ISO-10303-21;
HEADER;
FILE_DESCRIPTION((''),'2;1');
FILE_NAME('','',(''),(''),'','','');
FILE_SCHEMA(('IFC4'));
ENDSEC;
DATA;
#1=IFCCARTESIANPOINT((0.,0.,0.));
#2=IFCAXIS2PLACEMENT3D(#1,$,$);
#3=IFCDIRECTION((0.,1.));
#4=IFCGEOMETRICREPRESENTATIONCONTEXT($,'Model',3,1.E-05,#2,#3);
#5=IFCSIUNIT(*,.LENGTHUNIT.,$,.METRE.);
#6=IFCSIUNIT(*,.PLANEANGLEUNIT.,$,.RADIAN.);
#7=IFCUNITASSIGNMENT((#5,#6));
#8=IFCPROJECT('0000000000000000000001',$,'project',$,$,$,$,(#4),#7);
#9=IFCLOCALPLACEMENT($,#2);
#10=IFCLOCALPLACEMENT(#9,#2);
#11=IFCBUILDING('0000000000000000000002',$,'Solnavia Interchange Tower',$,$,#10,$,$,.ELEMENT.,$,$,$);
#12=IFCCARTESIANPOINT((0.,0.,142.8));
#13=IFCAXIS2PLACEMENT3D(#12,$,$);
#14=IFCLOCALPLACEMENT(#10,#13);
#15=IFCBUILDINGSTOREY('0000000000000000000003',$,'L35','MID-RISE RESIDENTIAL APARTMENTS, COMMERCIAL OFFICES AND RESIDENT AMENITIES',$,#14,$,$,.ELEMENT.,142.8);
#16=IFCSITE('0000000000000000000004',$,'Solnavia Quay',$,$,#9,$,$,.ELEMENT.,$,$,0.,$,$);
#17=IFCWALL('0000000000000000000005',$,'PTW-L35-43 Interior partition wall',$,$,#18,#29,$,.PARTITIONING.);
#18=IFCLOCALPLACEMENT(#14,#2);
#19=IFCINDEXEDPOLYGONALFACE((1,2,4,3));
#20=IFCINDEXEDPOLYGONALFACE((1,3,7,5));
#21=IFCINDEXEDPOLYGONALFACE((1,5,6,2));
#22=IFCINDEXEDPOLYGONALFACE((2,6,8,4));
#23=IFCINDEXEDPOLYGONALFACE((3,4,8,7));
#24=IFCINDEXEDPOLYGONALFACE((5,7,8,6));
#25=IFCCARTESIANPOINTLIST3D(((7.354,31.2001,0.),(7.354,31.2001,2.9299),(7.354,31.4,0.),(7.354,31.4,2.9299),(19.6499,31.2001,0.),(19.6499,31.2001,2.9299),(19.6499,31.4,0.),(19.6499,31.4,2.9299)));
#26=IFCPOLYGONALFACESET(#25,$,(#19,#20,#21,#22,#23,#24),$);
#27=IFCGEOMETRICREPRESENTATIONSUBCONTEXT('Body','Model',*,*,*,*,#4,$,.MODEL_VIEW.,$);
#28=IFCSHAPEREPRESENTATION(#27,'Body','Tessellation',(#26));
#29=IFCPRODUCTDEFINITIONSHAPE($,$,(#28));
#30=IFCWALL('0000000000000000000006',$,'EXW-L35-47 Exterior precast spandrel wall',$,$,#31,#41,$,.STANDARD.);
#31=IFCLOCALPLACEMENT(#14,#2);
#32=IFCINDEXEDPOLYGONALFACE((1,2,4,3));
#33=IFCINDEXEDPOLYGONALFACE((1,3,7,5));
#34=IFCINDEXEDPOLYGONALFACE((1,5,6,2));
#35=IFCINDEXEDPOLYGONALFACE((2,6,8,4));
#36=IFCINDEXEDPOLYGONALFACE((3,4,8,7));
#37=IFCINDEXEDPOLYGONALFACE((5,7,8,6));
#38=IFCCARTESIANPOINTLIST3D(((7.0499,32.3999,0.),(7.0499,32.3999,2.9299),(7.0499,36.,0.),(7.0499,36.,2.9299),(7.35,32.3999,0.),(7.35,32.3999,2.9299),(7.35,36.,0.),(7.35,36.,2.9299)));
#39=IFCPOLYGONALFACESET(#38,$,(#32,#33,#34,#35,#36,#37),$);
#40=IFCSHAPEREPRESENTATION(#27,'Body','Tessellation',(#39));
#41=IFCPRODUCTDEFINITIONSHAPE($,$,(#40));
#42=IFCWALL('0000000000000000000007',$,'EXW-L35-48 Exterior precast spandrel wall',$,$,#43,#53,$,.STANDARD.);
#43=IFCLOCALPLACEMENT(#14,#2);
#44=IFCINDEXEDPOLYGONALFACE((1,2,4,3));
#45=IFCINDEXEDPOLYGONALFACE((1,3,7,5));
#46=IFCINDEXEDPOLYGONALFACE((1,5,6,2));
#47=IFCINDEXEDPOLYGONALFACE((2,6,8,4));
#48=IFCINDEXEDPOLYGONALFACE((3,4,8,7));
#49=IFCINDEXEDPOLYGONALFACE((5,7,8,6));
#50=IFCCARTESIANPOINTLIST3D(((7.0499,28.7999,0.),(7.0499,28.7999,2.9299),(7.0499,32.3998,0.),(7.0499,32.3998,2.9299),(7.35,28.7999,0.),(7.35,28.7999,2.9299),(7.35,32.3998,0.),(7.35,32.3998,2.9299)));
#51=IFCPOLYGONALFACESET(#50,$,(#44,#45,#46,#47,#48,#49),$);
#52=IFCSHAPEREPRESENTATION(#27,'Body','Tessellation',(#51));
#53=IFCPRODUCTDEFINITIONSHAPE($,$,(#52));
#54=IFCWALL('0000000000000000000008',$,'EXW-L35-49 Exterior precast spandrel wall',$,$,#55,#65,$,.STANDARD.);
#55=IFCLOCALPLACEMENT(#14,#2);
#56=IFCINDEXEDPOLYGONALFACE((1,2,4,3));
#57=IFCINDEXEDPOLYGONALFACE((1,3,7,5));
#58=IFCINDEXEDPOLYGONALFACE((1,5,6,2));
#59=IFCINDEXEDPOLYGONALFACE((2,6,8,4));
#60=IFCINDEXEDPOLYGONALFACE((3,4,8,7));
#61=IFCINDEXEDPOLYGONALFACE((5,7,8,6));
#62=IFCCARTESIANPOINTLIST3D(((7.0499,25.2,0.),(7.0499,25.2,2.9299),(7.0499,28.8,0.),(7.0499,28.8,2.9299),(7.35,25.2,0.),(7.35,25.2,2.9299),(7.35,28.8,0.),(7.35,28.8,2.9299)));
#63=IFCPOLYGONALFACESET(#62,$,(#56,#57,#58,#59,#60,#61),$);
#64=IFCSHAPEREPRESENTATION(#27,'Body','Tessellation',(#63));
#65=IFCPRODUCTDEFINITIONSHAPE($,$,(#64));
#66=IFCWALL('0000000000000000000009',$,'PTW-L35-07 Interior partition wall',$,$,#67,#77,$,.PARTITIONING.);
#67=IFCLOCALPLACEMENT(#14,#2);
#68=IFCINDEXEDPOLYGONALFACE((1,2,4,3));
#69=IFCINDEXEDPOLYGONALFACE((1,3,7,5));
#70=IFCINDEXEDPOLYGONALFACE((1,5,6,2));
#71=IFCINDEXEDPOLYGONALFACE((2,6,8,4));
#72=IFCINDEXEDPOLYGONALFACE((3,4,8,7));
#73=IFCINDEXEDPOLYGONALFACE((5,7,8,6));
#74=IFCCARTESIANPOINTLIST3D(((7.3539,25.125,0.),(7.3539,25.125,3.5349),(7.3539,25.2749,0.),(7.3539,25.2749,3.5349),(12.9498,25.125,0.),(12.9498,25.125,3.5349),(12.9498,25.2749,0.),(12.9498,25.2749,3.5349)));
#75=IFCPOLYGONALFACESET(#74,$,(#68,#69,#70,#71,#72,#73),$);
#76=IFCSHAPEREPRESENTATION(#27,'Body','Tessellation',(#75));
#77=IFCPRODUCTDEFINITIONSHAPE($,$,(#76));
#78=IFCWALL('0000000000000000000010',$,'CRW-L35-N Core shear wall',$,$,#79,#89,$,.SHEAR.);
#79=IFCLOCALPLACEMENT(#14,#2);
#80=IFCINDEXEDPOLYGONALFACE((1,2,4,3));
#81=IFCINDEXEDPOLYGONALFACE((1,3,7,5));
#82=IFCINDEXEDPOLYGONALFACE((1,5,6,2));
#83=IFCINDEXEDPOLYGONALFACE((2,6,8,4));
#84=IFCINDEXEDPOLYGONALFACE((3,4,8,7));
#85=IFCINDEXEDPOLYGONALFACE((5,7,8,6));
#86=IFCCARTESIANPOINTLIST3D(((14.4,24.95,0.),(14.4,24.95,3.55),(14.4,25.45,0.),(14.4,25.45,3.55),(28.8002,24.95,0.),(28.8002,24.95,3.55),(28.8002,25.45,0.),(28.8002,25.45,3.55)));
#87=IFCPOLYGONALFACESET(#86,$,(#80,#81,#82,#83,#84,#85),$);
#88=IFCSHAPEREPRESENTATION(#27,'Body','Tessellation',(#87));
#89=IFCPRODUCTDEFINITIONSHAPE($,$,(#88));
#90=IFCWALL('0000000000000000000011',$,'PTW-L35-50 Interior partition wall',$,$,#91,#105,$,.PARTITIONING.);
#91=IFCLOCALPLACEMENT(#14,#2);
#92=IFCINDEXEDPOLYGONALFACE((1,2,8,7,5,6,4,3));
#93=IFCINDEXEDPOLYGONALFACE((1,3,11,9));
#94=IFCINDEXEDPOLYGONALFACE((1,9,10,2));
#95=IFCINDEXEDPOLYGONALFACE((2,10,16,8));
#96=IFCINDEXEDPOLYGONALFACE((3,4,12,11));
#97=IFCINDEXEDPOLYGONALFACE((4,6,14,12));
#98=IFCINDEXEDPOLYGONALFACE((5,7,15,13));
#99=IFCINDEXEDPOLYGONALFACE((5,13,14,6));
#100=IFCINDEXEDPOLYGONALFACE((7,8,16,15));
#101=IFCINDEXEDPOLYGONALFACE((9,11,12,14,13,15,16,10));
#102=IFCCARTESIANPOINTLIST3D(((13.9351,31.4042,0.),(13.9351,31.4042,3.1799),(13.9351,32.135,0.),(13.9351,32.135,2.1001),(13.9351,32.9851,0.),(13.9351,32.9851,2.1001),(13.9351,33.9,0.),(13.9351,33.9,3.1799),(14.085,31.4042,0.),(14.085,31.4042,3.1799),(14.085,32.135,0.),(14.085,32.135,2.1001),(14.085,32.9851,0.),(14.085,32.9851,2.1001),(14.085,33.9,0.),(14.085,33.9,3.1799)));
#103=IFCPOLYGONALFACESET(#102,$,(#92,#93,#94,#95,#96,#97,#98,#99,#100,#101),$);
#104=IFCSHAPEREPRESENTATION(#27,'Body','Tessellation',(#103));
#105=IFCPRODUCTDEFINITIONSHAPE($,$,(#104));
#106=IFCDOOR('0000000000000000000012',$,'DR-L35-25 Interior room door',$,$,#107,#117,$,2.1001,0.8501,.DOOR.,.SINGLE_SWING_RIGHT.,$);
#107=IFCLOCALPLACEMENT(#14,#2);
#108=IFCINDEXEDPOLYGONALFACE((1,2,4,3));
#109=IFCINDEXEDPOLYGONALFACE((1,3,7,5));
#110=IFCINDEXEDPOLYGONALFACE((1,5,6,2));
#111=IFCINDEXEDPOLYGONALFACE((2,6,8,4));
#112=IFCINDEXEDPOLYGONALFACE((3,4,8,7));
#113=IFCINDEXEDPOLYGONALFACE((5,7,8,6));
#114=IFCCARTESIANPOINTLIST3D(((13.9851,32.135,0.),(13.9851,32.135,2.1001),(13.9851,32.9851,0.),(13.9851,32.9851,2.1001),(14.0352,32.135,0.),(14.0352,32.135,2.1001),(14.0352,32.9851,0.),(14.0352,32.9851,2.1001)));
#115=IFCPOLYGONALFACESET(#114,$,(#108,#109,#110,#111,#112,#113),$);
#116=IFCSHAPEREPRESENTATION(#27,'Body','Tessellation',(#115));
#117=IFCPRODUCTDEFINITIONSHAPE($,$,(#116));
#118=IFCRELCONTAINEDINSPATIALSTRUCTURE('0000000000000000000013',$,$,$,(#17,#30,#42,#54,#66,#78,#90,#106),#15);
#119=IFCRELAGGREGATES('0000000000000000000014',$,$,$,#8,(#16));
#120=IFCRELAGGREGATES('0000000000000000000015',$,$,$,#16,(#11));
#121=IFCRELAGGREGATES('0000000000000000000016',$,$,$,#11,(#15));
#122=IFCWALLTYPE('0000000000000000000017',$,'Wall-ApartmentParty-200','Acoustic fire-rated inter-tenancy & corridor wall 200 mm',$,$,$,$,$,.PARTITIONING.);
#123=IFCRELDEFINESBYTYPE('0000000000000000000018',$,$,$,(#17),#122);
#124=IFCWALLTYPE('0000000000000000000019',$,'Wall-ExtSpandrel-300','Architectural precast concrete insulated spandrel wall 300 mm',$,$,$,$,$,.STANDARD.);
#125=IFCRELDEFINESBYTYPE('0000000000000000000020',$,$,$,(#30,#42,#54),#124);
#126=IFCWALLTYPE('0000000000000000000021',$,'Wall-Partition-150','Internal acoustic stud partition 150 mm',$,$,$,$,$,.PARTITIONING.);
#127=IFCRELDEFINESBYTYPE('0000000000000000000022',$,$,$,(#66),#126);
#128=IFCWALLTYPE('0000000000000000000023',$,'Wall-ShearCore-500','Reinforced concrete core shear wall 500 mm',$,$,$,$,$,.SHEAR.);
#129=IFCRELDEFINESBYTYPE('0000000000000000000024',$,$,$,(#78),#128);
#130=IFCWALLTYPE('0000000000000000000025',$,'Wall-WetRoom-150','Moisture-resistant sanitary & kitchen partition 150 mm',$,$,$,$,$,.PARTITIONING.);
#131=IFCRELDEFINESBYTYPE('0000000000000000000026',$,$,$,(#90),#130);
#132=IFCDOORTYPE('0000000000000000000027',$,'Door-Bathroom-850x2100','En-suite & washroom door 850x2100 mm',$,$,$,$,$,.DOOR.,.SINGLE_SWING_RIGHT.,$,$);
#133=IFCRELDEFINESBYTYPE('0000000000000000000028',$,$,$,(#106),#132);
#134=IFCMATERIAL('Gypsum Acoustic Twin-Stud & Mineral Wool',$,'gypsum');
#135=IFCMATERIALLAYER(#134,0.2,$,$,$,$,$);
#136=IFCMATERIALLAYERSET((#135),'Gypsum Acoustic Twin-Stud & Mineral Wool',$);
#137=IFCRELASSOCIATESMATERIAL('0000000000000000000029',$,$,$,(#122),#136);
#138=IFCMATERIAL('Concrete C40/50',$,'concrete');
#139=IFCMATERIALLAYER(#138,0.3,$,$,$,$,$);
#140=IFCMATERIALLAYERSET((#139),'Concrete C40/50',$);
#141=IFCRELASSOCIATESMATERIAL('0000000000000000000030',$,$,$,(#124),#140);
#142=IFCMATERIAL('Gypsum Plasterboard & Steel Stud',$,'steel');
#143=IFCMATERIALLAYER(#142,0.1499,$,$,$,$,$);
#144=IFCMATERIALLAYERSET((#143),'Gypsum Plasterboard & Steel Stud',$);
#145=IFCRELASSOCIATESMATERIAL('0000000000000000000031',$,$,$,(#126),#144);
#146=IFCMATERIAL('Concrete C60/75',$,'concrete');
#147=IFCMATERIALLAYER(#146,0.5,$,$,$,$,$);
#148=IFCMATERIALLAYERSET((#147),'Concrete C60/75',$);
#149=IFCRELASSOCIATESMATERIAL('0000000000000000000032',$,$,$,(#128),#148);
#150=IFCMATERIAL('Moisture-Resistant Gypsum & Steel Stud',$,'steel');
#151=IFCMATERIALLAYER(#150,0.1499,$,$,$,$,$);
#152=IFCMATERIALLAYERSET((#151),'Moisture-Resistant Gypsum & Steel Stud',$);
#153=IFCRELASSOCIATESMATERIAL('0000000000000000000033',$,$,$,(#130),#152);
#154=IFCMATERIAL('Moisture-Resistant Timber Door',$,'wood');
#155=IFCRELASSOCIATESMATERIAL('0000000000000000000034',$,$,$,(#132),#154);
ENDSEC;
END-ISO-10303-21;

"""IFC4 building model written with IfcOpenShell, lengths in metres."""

from ifc_helpers import new_model, si_unit, direction, frame, frame_2d, origin, place, context, subcontext, project, spatial, rectangle, extrude, material, layer, layer_set, type_object, element, fill, save


model = new_model("IFC4")

# Units and contexts
model_context = context("Model", 3, precision=1e-05, world=origin(), true_north=direction((0.0, 1.0)))
body_context = subcontext(model_context, "Body", "Model", "MODEL_VIEW")
ifc_project = project(units=[si_unit("LENGTHUNIT", "METRE"), si_unit("PLANEANGLEUNIT", "RADIAN")], contexts=[model_context])

# Site, building, storey
site_placement = place(None, origin())
site = spatial("IfcSite", under=ifc_project, at=site_placement, Name="Solnavia Quay", CompositionType="ELEMENT", RefElevation=0.0)
building_placement = place(site_placement, origin())
building = spatial("IfcBuilding", under=site, at=building_placement, Name="Solnavia Interchange Tower", CompositionType="ELEMENT")
storey_placement = place(building_placement, frame((0.0, 0.0, 142.8)))
storey = spatial("IfcBuildingStorey", under=building, at=storey_placement, Name="L35", Description="MID-RISE RESIDENTIAL APARTMENTS, COMMERCIAL OFFICES AND RESIDENT AMENITIES", CompositionType="ELEMENT", Elevation=142.8)

# Walls
ifc_material_1 = material(Name="Gypsum Acoustic Twin-Stud & Mineral Wool", Category="gypsum")
ifc_layer_1 = layer(ifc_material_1, 0.2)
ifc_layer_set_1 = layer_set([ifc_layer_1], Name="Gypsum Acoustic Twin-Stud & Mineral Wool")
wall_type_1 = type_object("IfcWallType", Name="Wall-ApartmentParty-200", Description="Acoustic fire-rated inter-tenancy & corridor wall 200 mm", PredefinedType="PARTITIONING", material=ifc_layer_set_1)
for number, where, z_axis, x_axis, name in (
    (1, (7.354, 31.3, 0.0), (0.0, 0.0, 1.0), (1.0, 0.0, 0.0), "PTW-L35-43 Interior partition wall"),
):
    element("IfcWall", number, at=place(storey_placement, frame(where, z_axis=z_axis, x_axis=x_axis)), inside=storey, type_object=wall_type_1, Name=name, PredefinedType="PARTITIONING", context=body_context, shape_type="SweptSolid", body=[
        extrude(rectangle(XDim=12.2959, YDim=0.2, at=frame_2d((6.1479, 0.0))), origin(), (0.0, 0.0, 1.0), 2.9299),
    ])
ifc_material_2 = material(Name="Concrete C40/50", Category="concrete")
ifc_layer_2 = layer(ifc_material_2, 0.3)
ifc_layer_set_2 = layer_set([ifc_layer_2], Name="Concrete C40/50")
wall_type_2 = type_object("IfcWallType", Name="Wall-ExtSpandrel-300", Description="Architectural precast concrete insulated spandrel wall 300 mm", PredefinedType="STANDARD", material=ifc_layer_set_2)
wall_1_placement = place(storey_placement, frame((7.2, 32.3999, 0.0), z_axis=(0.0, 0.0, 1.0), x_axis=(0.0, 1.0, 0.0)))
element("IfcWall", 2, at=wall_1_placement, inside=storey, type_object=wall_type_2, Name="EXW-L35-47 Exterior precast spandrel wall", PredefinedType="STANDARD", context=body_context, shape_type="SweptSolid", body=[
    extrude(rectangle(XDim=3.6001, YDim=0.3, at=frame_2d((1.8, 0.0))), origin(), (0.0, 0.0, 1.0), 2.9299),
])
wall_2_placement = place(storey_placement, frame((7.2, 28.8, 0.0), z_axis=(0.0, 0.0, 1.0), x_axis=(0.0, 1.0, 0.0)))
element("IfcWall", 3, at=wall_2_placement, inside=storey, type_object=wall_type_2, Name="EXW-L35-48 Exterior precast spandrel wall", PredefinedType="STANDARD", context=body_context, shape_type="SweptSolid", body=[
    extrude(rectangle(XDim=3.5999, YDim=0.3, at=frame_2d((1.7998, 0.0))), origin(), (0.0, 0.0, 1.0), 2.9299),
])
wall_3_placement = place(storey_placement, frame((7.2, 25.2, 0.0), z_axis=(0.0, 0.0, 1.0), x_axis=(0.0, 1.0, 0.0)))
element("IfcWall", 4, at=wall_3_placement, inside=storey, type_object=wall_type_2, Name="EXW-L35-49 Exterior precast spandrel wall", PredefinedType="STANDARD", context=body_context, shape_type="SweptSolid", body=[
    extrude(rectangle(XDim=3.6001, YDim=0.3, at=frame_2d((1.8, 0.0))), origin(), (0.0, 0.0, 1.0), 2.9299),
])
ifc_material_3 = material(Name="Gypsum Plasterboard & Steel Stud", Category="steel")
ifc_layer_3 = layer(ifc_material_3, 0.1499)
ifc_layer_set_3 = layer_set([ifc_layer_3], Name="Gypsum Plasterboard & Steel Stud")
wall_type_3 = type_object("IfcWallType", Name="Wall-Partition-150", Description="Internal acoustic stud partition 150 mm", PredefinedType="PARTITIONING", material=ifc_layer_set_3)
wall_4_placement = place(storey_placement, frame((7.354, 25.2, 0.0), z_axis=(0.0, 0.0, 1.0), x_axis=(1.0, 0.0, 0.0)))
element("IfcWall", 5, at=wall_4_placement, inside=storey, type_object=wall_type_3, Name="PTW-L35-07 Interior partition wall", PredefinedType="PARTITIONING", context=body_context, shape_type="SweptSolid", body=[
    extrude(rectangle(XDim=5.5959, YDim=0.1499, at=frame_2d((2.7979, 0.0))), origin(), (0.0, 0.0, 1.0), 3.5349),
])
ifc_material_4 = material(Name="Concrete C60/75", Category="concrete")
ifc_layer_4 = layer(ifc_material_4, 0.5)
ifc_layer_set_4 = layer_set([ifc_layer_4], Name="Concrete C60/75")
wall_type_4 = type_object("IfcWallType", Name="Wall-ShearCore-500", Description="Reinforced concrete core shear wall 500 mm", PredefinedType="SHEAR", material=ifc_layer_set_4)
wall_5_placement = place(storey_placement, frame((14.3999, 25.2, 0.0), z_axis=(0.0, 0.0, 1.0), x_axis=(1.0, 0.0, 0.0)))
element("IfcWall", 6, at=wall_5_placement, inside=storey, type_object=wall_type_4, Name="CRW-L35-N Core shear wall", PredefinedType="SHEAR", context=body_context, shape_type="SweptSolid", body=[
    extrude(rectangle(XDim=14.4001, YDim=0.5, at=frame_2d((7.2002, 0.0))), origin(), (0.0, 0.0, 1.0), 3.55),
])

# Wall, opening, door
ifc_material_5 = material(Name="Moisture-Resistant Gypsum & Steel Stud", Category="steel")
ifc_layer_5 = layer(ifc_material_5, 0.1499)
ifc_layer_set_5 = layer_set([ifc_layer_5], Name="Moisture-Resistant Gypsum & Steel Stud")
wall_type_5 = type_object("IfcWallType", Name="Wall-WetRoom-150", Description="Moisture-resistant sanitary & kitchen partition 150 mm", PredefinedType="PARTITIONING", material=ifc_layer_set_5)
wall_6_placement = place(storey_placement, frame((14.01, 31.4041, 0.0), z_axis=(0.0, 0.0, 1.0), x_axis=(0.0, 1.0, 0.0)))
wall_6 = element("IfcWall", 7, at=wall_6_placement, inside=storey, type_object=wall_type_5, Name="PTW-L35-50 Interior partition wall", PredefinedType="PARTITIONING", context=body_context, shape_type="SweptSolid", body=[
    extrude(rectangle(XDim=2.4958, YDim=0.1499, at=frame_2d((1.248, 0.0))), origin(), (0.0, 0.0, 1.0), 3.1799),
])
opening_placement = place(wall_6_placement, frame((0.731, 0.0, 0.0)))
opening = element("IfcOpeningElement", 8, at=opening_placement, cuts=wall_6, PredefinedType="OPENING", context=body_context, shape_type="SweptSolid", body=[
    extrude(rectangle(XDim=0.8501, YDim=2.1001, at=frame_2d((0.425, 1.05))), frame((0.0, 0.085, 0.0), z_axis=(0.0, -1.0, 0.0), x_axis=(1.0, 0.0, 0.0)), (0.0, 0.0, 1.0), 0.1699),
])
ifc_material_6 = material(Name="Moisture-Resistant Timber Door", Category="wood")
door_type = type_object("IfcDoorType", Name="Door-Bathroom-850x2100", Description="En-suite & washroom door 850x2100 mm", OperationType="SINGLE_SWING_RIGHT", PredefinedType="DOOR", material=ifc_material_6)
door_placement = place(opening_placement, origin())
door = element("IfcDoor", 9, at=door_placement, inside=storey, type_object=door_type, Name="DR-L35-25 Interior room door", OperationType="SINGLE_SWING_RIGHT", OverallHeight=2.1001, OverallWidth=0.8501, PredefinedType="DOOR", context=body_context, shape_type="SweptSolid", body=[
    extrude(rectangle(XDim=0.8501, YDim=2.1001, at=frame_2d((0.425, 1.05))), frame((0.0, 0.0249, 0.0), z_axis=(0.0, -1.0, 0.0), x_axis=(1.0, 0.0, 0.0)), (0.0, 0.0, 1.0), 0.05),
])
fill(opening, door)

save(model, "model.ifc")
